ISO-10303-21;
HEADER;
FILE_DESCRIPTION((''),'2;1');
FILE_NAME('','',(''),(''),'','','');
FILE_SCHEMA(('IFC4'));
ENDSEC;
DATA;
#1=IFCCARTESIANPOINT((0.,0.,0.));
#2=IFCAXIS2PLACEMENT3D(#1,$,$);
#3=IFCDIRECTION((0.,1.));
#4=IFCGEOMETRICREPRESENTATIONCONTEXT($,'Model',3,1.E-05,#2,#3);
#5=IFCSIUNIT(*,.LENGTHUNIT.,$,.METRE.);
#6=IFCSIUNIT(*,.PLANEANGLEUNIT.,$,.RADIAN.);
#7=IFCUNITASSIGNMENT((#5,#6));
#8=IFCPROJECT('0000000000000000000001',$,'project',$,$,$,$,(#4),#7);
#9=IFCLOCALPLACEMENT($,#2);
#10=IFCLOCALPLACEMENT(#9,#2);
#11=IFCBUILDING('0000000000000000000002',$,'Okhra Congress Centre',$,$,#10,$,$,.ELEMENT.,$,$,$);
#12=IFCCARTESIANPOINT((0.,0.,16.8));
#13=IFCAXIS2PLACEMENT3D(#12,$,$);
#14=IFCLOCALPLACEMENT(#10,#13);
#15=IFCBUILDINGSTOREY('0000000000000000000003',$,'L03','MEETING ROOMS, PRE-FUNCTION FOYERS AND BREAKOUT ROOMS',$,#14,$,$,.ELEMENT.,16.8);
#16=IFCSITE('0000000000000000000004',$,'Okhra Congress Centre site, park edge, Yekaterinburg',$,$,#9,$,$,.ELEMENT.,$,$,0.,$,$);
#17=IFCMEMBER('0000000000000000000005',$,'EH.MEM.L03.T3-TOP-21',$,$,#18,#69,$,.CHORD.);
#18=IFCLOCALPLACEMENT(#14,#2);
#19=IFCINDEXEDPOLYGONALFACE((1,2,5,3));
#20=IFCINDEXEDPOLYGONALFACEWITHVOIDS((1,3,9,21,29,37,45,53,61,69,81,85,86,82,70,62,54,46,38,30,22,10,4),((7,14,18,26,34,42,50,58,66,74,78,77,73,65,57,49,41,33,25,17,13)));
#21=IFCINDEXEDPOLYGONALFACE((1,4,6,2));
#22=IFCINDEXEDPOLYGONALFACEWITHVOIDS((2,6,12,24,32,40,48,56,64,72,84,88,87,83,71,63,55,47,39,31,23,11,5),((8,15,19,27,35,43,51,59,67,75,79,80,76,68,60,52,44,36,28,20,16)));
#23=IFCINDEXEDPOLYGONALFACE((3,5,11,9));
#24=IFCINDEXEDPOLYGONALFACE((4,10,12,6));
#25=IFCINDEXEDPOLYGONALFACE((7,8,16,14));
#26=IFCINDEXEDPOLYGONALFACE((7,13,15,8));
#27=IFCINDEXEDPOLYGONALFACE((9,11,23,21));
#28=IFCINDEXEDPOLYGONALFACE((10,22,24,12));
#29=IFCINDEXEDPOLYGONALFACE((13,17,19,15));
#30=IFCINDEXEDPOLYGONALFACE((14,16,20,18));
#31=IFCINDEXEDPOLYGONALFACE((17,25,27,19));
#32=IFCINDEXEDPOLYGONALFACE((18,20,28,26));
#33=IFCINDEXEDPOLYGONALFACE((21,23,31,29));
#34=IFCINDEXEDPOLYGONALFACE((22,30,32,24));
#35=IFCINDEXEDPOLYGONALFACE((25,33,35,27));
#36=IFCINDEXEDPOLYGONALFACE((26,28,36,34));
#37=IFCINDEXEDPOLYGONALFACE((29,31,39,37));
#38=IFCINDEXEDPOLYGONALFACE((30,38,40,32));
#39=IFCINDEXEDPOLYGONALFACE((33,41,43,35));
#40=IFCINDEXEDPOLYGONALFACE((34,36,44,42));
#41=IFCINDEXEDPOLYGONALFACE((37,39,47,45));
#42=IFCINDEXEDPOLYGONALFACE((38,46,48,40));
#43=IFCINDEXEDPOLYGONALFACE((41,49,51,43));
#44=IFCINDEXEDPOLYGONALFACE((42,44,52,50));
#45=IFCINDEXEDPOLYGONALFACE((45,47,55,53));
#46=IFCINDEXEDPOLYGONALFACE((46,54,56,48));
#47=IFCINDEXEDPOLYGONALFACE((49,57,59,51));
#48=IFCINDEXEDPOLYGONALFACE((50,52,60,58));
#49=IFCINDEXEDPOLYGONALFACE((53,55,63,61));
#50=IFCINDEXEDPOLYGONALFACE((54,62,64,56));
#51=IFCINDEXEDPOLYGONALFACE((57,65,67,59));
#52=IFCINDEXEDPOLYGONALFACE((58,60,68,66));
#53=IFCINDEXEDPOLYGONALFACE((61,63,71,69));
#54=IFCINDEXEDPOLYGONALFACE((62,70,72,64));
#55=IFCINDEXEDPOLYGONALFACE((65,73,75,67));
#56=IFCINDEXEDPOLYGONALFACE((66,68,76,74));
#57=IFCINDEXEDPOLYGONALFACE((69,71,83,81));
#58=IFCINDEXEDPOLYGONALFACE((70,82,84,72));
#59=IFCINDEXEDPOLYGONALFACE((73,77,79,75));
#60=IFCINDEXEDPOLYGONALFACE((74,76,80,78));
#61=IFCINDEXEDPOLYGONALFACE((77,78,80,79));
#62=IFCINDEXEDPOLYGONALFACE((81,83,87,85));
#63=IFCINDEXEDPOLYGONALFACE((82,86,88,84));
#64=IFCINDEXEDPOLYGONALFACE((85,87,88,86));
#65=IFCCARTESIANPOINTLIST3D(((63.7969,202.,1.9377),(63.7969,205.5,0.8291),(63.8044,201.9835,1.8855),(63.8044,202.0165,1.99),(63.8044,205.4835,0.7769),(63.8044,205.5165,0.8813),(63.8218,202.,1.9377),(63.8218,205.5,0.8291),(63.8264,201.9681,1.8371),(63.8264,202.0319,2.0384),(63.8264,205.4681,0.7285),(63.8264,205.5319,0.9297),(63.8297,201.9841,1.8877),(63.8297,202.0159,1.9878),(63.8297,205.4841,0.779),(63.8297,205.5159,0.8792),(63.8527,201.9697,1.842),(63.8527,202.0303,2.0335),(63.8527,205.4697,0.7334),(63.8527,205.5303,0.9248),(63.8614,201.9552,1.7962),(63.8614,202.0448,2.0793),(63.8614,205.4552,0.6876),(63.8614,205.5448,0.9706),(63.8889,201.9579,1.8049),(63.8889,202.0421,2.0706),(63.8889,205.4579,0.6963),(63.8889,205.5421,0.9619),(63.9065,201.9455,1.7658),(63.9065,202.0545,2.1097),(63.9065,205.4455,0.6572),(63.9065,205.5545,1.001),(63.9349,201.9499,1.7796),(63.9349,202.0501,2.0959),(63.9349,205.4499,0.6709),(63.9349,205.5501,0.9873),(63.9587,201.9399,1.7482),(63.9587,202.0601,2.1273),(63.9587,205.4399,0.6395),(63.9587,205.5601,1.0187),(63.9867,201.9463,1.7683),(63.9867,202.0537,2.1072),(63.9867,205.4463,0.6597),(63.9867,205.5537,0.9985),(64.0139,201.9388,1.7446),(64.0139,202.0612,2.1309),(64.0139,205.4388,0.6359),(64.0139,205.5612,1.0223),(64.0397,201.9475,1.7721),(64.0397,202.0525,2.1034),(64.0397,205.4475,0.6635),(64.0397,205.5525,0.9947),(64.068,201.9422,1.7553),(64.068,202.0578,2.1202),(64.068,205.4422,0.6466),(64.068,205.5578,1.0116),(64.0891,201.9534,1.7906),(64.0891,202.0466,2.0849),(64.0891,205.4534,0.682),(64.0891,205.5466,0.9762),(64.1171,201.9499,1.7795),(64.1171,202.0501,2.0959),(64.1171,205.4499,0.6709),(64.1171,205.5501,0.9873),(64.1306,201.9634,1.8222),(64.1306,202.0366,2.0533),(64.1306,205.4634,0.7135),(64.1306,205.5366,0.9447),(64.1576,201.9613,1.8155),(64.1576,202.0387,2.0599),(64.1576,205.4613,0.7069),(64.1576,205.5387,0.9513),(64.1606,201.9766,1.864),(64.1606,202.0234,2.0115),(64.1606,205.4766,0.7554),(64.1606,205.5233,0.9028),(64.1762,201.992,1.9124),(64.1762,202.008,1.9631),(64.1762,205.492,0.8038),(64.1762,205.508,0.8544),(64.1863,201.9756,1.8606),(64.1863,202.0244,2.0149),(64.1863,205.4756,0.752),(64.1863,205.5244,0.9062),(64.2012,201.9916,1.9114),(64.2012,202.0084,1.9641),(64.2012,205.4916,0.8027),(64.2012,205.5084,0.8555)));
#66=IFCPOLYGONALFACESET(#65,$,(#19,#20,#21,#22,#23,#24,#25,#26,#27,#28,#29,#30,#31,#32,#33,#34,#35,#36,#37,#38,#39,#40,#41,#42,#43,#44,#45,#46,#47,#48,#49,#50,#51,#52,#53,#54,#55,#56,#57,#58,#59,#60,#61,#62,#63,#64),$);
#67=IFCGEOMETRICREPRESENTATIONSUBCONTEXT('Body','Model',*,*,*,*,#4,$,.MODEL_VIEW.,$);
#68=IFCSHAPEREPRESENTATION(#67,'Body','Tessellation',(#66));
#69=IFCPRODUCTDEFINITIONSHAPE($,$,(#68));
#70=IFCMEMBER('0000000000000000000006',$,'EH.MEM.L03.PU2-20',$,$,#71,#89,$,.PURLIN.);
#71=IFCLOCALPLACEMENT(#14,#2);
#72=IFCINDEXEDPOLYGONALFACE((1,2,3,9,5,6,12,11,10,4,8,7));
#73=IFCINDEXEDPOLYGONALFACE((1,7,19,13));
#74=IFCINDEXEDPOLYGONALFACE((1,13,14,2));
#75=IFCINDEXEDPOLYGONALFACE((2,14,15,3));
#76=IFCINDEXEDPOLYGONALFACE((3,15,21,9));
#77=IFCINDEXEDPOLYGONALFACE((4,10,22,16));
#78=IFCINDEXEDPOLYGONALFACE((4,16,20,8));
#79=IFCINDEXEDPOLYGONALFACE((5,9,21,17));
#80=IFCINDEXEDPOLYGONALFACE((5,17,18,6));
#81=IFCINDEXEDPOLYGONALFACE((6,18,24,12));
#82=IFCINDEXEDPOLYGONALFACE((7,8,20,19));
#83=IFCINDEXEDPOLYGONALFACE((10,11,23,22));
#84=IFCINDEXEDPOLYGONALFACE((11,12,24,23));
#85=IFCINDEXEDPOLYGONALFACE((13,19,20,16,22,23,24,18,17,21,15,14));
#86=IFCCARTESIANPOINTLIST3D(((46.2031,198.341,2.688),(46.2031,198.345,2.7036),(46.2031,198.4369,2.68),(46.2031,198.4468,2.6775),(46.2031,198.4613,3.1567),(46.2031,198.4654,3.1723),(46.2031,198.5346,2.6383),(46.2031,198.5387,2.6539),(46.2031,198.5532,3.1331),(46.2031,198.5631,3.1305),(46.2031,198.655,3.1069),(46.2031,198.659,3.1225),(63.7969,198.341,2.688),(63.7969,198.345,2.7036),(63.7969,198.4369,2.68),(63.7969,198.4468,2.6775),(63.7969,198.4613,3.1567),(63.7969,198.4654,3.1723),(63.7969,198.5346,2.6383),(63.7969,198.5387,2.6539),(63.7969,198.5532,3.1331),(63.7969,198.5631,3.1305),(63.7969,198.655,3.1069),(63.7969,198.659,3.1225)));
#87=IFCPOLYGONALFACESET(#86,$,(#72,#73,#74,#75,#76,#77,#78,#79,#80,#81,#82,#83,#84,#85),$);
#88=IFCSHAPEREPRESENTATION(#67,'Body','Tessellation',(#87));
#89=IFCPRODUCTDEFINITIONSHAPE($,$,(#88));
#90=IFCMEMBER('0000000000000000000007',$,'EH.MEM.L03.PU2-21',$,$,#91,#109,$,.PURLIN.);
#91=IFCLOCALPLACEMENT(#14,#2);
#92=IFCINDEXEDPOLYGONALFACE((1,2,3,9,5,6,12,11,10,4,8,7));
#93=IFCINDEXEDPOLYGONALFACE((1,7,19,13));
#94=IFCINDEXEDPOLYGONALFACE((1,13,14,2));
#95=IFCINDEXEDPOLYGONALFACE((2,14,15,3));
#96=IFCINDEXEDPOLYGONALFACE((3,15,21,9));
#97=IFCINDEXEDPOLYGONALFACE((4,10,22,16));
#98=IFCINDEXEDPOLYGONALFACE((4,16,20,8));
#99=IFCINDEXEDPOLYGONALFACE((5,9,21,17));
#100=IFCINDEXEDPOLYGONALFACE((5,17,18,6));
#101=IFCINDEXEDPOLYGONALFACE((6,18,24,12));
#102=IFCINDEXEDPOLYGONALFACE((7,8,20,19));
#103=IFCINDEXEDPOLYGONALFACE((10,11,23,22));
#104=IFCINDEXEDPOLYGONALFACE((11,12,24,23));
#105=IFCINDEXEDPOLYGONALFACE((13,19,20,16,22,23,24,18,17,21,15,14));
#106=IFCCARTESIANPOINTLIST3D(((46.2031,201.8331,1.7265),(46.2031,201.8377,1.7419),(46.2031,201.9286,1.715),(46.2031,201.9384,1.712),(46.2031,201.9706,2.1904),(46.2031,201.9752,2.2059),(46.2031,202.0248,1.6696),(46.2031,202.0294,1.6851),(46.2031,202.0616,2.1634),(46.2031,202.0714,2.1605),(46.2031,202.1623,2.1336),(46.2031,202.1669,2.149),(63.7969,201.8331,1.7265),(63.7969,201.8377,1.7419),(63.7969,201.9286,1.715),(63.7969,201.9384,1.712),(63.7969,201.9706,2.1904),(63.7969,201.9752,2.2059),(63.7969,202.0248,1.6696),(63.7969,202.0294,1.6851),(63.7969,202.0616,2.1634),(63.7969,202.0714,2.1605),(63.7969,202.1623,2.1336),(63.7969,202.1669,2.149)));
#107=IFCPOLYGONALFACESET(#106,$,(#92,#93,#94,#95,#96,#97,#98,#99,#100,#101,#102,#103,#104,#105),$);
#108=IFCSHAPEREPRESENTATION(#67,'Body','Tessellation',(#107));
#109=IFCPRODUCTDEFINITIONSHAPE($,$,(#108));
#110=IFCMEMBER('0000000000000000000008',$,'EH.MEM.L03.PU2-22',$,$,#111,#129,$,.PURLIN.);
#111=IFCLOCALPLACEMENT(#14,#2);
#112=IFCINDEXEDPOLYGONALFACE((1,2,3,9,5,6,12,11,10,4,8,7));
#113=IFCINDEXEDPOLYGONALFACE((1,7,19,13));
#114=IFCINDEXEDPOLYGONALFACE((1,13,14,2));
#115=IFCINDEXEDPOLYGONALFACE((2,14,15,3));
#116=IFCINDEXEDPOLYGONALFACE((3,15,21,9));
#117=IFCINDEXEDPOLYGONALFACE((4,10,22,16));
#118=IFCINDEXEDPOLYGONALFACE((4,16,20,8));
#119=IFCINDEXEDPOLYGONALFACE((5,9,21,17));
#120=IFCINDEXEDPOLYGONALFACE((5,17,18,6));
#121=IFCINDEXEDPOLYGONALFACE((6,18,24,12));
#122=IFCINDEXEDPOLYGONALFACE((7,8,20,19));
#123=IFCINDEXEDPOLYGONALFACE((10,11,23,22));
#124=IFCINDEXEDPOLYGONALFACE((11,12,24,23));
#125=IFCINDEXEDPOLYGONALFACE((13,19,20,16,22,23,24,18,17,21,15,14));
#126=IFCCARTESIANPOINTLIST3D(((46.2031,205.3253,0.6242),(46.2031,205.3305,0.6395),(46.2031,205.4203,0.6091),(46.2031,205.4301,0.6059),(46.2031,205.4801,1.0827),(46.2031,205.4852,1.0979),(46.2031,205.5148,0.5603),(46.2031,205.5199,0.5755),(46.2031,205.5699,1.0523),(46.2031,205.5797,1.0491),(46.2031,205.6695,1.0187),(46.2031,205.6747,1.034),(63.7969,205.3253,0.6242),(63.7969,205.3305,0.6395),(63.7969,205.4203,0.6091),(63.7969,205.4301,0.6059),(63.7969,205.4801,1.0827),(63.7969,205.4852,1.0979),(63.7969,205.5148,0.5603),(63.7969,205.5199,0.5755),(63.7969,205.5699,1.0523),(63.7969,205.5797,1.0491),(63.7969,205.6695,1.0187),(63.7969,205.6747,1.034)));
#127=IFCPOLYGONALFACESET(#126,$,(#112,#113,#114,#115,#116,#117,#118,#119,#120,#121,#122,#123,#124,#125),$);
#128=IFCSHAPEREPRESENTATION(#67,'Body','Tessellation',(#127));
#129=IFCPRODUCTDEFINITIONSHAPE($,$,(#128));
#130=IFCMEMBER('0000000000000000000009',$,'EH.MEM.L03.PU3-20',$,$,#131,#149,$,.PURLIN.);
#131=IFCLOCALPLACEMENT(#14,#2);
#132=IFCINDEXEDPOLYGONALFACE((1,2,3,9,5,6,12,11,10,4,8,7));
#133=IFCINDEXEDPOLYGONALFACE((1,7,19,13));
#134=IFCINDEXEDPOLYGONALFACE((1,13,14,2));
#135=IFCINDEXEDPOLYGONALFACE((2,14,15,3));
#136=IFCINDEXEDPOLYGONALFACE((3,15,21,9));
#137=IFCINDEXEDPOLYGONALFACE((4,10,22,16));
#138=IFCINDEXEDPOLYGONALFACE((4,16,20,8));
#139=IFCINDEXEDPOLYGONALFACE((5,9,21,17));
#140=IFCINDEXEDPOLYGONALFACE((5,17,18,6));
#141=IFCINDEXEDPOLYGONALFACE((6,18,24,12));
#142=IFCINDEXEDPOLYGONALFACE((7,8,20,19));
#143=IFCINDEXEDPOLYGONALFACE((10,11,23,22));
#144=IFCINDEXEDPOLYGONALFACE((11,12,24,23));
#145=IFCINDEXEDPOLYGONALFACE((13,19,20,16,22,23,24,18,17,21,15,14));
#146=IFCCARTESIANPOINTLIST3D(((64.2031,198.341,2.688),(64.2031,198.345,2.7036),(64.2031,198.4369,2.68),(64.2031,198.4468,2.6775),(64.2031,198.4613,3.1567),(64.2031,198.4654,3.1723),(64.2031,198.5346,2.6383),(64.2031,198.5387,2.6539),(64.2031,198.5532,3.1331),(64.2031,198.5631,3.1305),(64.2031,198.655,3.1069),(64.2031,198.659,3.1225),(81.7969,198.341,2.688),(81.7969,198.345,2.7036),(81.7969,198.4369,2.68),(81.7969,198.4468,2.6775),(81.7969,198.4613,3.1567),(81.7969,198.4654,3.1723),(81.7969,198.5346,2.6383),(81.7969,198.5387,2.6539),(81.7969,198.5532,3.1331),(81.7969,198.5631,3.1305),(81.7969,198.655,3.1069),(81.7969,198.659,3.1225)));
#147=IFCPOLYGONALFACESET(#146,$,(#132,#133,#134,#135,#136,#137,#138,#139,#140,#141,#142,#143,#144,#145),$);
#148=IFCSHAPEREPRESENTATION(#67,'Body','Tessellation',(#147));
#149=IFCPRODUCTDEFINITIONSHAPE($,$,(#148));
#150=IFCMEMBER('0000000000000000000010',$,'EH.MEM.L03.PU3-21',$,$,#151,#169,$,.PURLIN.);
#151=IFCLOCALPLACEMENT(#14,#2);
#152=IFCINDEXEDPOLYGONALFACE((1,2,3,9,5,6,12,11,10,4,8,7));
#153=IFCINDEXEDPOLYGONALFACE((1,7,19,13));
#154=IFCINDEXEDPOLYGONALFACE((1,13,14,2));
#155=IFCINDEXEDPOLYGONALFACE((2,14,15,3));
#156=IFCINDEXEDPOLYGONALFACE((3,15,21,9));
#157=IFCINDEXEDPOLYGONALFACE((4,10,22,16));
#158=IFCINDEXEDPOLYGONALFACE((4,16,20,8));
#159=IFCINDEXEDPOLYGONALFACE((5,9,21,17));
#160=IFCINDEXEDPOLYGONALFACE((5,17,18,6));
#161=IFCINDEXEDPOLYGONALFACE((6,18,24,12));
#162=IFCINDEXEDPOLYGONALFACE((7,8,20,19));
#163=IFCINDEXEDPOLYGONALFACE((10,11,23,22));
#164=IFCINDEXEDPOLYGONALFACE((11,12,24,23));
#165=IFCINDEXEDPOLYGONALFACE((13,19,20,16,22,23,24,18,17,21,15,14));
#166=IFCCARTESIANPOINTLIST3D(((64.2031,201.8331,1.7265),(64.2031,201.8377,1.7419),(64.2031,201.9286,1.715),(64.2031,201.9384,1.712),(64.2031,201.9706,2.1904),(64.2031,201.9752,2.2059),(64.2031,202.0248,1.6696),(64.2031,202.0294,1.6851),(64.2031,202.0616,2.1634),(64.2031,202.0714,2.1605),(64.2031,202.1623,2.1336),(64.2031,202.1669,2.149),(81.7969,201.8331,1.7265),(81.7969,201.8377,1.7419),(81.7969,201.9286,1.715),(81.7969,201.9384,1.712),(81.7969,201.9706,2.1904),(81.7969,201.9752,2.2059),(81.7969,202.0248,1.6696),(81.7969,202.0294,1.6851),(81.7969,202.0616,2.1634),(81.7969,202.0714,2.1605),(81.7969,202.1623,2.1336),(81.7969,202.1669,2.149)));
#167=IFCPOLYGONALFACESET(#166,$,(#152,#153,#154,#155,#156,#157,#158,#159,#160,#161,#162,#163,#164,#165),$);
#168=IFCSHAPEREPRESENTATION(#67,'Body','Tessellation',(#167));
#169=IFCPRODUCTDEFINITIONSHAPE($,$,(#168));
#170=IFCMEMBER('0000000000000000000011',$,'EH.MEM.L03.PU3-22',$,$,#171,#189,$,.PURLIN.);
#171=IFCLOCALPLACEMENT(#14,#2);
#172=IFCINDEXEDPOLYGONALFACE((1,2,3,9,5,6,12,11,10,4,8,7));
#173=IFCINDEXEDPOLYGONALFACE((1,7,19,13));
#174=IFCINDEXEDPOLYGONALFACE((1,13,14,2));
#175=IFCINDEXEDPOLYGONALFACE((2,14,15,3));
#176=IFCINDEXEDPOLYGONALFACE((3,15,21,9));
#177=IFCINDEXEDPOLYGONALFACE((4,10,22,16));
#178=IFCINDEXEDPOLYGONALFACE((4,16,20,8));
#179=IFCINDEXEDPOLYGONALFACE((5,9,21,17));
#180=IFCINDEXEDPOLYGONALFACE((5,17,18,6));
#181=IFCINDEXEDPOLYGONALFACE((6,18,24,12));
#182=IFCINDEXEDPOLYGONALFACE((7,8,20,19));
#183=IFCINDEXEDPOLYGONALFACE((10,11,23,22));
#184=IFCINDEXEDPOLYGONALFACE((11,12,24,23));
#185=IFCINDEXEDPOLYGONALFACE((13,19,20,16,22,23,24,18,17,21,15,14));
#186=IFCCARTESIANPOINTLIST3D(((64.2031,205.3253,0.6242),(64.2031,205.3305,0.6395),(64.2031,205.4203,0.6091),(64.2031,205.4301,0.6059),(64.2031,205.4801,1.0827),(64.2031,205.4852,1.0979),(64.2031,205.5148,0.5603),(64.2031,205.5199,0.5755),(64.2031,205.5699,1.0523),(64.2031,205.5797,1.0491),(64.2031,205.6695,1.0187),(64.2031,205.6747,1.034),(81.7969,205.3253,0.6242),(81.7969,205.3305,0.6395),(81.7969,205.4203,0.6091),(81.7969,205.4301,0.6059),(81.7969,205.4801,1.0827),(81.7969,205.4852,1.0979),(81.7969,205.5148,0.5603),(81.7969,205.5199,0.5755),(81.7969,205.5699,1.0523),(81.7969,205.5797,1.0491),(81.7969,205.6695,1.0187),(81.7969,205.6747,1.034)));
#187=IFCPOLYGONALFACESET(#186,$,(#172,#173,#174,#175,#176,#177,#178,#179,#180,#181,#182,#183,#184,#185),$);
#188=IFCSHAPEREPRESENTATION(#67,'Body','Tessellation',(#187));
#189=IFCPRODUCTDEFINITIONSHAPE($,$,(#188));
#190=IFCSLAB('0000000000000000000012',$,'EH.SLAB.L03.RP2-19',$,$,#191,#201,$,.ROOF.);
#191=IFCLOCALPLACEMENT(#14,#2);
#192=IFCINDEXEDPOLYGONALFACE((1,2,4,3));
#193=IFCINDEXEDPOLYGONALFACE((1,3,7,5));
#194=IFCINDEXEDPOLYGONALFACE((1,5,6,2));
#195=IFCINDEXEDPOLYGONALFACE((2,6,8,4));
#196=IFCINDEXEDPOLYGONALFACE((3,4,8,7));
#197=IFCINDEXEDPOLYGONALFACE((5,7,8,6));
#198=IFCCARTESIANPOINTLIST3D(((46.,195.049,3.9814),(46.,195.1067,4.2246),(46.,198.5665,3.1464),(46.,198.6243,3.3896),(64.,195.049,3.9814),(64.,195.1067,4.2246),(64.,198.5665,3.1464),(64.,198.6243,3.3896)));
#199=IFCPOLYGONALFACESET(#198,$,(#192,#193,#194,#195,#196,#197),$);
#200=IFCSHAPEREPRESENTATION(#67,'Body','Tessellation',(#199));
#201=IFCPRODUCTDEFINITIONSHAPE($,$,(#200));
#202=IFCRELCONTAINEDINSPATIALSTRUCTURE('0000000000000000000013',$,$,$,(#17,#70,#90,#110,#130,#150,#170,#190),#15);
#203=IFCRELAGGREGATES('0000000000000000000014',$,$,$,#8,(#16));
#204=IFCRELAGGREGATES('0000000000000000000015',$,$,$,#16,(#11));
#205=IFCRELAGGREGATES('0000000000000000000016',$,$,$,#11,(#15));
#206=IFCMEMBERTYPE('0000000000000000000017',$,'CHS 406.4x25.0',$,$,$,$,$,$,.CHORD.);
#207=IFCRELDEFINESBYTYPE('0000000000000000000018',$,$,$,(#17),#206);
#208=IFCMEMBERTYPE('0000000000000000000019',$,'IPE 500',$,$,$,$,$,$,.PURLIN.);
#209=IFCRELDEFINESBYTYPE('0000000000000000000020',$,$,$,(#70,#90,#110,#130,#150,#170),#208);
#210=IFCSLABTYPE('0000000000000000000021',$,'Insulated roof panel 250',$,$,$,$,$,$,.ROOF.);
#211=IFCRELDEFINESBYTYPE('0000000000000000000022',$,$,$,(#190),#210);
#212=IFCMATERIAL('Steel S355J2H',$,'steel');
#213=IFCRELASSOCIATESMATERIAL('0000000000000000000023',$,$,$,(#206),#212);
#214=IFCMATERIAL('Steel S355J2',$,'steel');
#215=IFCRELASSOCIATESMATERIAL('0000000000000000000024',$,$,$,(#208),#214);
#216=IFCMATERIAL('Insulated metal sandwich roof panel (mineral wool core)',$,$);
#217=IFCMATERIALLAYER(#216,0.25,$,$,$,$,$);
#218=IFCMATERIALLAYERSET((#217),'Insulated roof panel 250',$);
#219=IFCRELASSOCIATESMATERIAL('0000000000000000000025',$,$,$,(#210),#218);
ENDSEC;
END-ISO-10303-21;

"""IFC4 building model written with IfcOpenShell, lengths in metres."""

from ifc_helpers import new_model, si_unit, direction, frame, origin, origin_2d, place, context, subcontext, project, spatial, polyline, hollow_circle, i_section, outline, extrude, material, layer, layer_set, material_profile, profile_set, type_object, element, save


model = new_model("IFC4")

# Units and contexts
model_context = context("Model", 3, precision=1e-05, world=origin(), true_north=direction((0.0, 1.0)))
body_context = subcontext(model_context, "Body", "Model", "MODEL_VIEW")
ifc_project = project(units=[si_unit("LENGTHUNIT", "METRE"), si_unit("PLANEANGLEUNIT", "RADIAN")], contexts=[model_context])

# Site, building, storey
site_placement = place(None, origin())
site = spatial("IfcSite", under=ifc_project, at=site_placement, Name="Okhra Congress Centre site, park edge, Yekaterinburg", CompositionType="ELEMENT", RefElevation=0.0)
building_placement = place(site_placement, origin())
building = spatial("IfcBuilding", under=site, at=building_placement, Name="Okhra Congress Centre", CompositionType="ELEMENT")
storey_placement = place(building_placement, frame((0.0, 0.0, 16.8)))
storey = spatial("IfcBuildingStorey", under=building, at=storey_placement, Name="L03", Description="MEETING ROOMS, PRE-FUNCTION FOYERS AND BREAKOUT ROOMS", CompositionType="ELEMENT", Elevation=16.8)

# Members
ifc_material_1 = material(Name="Steel S355J2H", Category="steel")
ifc_material_profile_1 = material_profile(ifc_material_1, hollow_circle(Radius=0.2031, WallThickness=0.0249, at=origin_2d()), Name="CHS 406.4x25.0")
ifc_profile_set_1 = profile_set([ifc_material_profile_1], Name="Steel S355J2H")
member_type_1 = type_object("IfcMemberType", Name="CHS 406.4x25.0", PredefinedType="CHORD", material=ifc_profile_set_1)
for number, where, z_axis, x_axis, name in (
    (1, (64.0, 202.0, 1.9377), (0.0, 0.953318, -0.301968), (-1.0, 0.0, 0.0), "EH.MEM.L03.T3-TOP-21"),
):
    element("IfcMember", number, at=place(storey_placement, frame(where, z_axis=z_axis, x_axis=x_axis)), inside=storey, type_object=member_type_1, Name=name, PredefinedType="CHORD", context=body_context, shape_type="SweptSolid", body=[
        extrude(hollow_circle(Radius=0.2031, WallThickness=0.0249, at=origin_2d()), origin(), (0.0, 0.0, 1.0), 3.6714),
    ])
ifc_material_2 = material(Name="Steel S355J2", Category="steel")
ifc_material_profile_2 = material_profile(ifc_material_2, i_section(OverallWidth=0.2, OverallDepth=0.5, WebThickness=0.0103, FlangeThickness=0.0161, at=origin_2d()), Name="IPE 500")
ifc_profile_set_2 = profile_set([ifc_material_profile_2], Name="Steel S355J2")
member_type_2 = type_object("IfcMemberType", Name="IPE 500", PredefinedType="PURLIN", material=ifc_profile_set_2)
for number, where, z_axis, x_axis, name in (
    (2, (46.2031, 198.5, 2.9053), (1.0, 0.0, 0.0), (0.0, 0.96857, -0.248739), "EH.MEM.L03.PU2-20"),
    (3, (46.2031, 202.0, 1.9377), (1.0, 0.0, 0.0), (0.0, 0.958743, -0.284276), "EH.MEM.L03.PU2-21"),
    (4, (46.2031, 205.5, 0.8291), (1.0, 0.0, 0.0), (0.0, 0.947481, -0.319813), "EH.MEM.L03.PU2-22"),
    (5, (64.2031, 198.5, 2.9053), (1.0, 0.0, 0.0), (0.0, 0.96857, -0.248739), "EH.MEM.L03.PU3-20"),
    (6, (64.2031, 202.0, 1.9377), (1.0, 0.0, 0.0), (0.0, 0.958743, -0.284276), "EH.MEM.L03.PU3-21"),
    (7, (64.2031, 205.5, 0.8291), (1.0, 0.0, 0.0), (0.0, 0.947481, -0.319813), "EH.MEM.L03.PU3-22"),
):
    element("IfcMember", number, at=place(storey_placement, frame(where, z_axis=z_axis, x_axis=x_axis)), inside=storey, type_object=member_type_2, Name=name, PredefinedType="PURLIN", context=body_context, shape_type="SweptSolid", body=[
        extrude(i_section(OverallWidth=0.2, OverallDepth=0.5, WebThickness=0.0103, FlangeThickness=0.0161, at=origin_2d()), origin(), (0.0, 0.0, 1.0), 17.5938),
    ])

# Slab
ifc_material_3 = material(Name="Insulated metal sandwich roof panel (mineral wool core)")
ifc_layer = layer(ifc_material_3, 0.25)
ifc_layer_set = layer_set([ifc_layer], Name="Insulated roof panel 250")
slab_type = type_object("IfcSlabType", Name="Insulated roof panel 250", PredefinedType="ROOF", material=ifc_layer_set)
slab_1_placement = place(storey_placement, frame((46.0, 195.1067, 4.2246), z_axis=(0.0, 0.230951, 0.972965), x_axis=(1.0, 0.0, 0.0)))
element("IfcSlab", 8, at=slab_1_placement, inside=storey, type_object=slab_type, Name="EH.SLAB.L03.RP2-19", PredefinedType="ROOF", context=body_context, shape_type="SweptSolid", body=[
    extrude(outline(polyline([(0.0, 0.0), (18.0, 0.0), (18.0, 3.6153), (0.0, 3.6153), (0.0, 0.0)])), origin(), (0.0, 0.0, -1.0), 0.25),
])

save(model, "model.ifc")
